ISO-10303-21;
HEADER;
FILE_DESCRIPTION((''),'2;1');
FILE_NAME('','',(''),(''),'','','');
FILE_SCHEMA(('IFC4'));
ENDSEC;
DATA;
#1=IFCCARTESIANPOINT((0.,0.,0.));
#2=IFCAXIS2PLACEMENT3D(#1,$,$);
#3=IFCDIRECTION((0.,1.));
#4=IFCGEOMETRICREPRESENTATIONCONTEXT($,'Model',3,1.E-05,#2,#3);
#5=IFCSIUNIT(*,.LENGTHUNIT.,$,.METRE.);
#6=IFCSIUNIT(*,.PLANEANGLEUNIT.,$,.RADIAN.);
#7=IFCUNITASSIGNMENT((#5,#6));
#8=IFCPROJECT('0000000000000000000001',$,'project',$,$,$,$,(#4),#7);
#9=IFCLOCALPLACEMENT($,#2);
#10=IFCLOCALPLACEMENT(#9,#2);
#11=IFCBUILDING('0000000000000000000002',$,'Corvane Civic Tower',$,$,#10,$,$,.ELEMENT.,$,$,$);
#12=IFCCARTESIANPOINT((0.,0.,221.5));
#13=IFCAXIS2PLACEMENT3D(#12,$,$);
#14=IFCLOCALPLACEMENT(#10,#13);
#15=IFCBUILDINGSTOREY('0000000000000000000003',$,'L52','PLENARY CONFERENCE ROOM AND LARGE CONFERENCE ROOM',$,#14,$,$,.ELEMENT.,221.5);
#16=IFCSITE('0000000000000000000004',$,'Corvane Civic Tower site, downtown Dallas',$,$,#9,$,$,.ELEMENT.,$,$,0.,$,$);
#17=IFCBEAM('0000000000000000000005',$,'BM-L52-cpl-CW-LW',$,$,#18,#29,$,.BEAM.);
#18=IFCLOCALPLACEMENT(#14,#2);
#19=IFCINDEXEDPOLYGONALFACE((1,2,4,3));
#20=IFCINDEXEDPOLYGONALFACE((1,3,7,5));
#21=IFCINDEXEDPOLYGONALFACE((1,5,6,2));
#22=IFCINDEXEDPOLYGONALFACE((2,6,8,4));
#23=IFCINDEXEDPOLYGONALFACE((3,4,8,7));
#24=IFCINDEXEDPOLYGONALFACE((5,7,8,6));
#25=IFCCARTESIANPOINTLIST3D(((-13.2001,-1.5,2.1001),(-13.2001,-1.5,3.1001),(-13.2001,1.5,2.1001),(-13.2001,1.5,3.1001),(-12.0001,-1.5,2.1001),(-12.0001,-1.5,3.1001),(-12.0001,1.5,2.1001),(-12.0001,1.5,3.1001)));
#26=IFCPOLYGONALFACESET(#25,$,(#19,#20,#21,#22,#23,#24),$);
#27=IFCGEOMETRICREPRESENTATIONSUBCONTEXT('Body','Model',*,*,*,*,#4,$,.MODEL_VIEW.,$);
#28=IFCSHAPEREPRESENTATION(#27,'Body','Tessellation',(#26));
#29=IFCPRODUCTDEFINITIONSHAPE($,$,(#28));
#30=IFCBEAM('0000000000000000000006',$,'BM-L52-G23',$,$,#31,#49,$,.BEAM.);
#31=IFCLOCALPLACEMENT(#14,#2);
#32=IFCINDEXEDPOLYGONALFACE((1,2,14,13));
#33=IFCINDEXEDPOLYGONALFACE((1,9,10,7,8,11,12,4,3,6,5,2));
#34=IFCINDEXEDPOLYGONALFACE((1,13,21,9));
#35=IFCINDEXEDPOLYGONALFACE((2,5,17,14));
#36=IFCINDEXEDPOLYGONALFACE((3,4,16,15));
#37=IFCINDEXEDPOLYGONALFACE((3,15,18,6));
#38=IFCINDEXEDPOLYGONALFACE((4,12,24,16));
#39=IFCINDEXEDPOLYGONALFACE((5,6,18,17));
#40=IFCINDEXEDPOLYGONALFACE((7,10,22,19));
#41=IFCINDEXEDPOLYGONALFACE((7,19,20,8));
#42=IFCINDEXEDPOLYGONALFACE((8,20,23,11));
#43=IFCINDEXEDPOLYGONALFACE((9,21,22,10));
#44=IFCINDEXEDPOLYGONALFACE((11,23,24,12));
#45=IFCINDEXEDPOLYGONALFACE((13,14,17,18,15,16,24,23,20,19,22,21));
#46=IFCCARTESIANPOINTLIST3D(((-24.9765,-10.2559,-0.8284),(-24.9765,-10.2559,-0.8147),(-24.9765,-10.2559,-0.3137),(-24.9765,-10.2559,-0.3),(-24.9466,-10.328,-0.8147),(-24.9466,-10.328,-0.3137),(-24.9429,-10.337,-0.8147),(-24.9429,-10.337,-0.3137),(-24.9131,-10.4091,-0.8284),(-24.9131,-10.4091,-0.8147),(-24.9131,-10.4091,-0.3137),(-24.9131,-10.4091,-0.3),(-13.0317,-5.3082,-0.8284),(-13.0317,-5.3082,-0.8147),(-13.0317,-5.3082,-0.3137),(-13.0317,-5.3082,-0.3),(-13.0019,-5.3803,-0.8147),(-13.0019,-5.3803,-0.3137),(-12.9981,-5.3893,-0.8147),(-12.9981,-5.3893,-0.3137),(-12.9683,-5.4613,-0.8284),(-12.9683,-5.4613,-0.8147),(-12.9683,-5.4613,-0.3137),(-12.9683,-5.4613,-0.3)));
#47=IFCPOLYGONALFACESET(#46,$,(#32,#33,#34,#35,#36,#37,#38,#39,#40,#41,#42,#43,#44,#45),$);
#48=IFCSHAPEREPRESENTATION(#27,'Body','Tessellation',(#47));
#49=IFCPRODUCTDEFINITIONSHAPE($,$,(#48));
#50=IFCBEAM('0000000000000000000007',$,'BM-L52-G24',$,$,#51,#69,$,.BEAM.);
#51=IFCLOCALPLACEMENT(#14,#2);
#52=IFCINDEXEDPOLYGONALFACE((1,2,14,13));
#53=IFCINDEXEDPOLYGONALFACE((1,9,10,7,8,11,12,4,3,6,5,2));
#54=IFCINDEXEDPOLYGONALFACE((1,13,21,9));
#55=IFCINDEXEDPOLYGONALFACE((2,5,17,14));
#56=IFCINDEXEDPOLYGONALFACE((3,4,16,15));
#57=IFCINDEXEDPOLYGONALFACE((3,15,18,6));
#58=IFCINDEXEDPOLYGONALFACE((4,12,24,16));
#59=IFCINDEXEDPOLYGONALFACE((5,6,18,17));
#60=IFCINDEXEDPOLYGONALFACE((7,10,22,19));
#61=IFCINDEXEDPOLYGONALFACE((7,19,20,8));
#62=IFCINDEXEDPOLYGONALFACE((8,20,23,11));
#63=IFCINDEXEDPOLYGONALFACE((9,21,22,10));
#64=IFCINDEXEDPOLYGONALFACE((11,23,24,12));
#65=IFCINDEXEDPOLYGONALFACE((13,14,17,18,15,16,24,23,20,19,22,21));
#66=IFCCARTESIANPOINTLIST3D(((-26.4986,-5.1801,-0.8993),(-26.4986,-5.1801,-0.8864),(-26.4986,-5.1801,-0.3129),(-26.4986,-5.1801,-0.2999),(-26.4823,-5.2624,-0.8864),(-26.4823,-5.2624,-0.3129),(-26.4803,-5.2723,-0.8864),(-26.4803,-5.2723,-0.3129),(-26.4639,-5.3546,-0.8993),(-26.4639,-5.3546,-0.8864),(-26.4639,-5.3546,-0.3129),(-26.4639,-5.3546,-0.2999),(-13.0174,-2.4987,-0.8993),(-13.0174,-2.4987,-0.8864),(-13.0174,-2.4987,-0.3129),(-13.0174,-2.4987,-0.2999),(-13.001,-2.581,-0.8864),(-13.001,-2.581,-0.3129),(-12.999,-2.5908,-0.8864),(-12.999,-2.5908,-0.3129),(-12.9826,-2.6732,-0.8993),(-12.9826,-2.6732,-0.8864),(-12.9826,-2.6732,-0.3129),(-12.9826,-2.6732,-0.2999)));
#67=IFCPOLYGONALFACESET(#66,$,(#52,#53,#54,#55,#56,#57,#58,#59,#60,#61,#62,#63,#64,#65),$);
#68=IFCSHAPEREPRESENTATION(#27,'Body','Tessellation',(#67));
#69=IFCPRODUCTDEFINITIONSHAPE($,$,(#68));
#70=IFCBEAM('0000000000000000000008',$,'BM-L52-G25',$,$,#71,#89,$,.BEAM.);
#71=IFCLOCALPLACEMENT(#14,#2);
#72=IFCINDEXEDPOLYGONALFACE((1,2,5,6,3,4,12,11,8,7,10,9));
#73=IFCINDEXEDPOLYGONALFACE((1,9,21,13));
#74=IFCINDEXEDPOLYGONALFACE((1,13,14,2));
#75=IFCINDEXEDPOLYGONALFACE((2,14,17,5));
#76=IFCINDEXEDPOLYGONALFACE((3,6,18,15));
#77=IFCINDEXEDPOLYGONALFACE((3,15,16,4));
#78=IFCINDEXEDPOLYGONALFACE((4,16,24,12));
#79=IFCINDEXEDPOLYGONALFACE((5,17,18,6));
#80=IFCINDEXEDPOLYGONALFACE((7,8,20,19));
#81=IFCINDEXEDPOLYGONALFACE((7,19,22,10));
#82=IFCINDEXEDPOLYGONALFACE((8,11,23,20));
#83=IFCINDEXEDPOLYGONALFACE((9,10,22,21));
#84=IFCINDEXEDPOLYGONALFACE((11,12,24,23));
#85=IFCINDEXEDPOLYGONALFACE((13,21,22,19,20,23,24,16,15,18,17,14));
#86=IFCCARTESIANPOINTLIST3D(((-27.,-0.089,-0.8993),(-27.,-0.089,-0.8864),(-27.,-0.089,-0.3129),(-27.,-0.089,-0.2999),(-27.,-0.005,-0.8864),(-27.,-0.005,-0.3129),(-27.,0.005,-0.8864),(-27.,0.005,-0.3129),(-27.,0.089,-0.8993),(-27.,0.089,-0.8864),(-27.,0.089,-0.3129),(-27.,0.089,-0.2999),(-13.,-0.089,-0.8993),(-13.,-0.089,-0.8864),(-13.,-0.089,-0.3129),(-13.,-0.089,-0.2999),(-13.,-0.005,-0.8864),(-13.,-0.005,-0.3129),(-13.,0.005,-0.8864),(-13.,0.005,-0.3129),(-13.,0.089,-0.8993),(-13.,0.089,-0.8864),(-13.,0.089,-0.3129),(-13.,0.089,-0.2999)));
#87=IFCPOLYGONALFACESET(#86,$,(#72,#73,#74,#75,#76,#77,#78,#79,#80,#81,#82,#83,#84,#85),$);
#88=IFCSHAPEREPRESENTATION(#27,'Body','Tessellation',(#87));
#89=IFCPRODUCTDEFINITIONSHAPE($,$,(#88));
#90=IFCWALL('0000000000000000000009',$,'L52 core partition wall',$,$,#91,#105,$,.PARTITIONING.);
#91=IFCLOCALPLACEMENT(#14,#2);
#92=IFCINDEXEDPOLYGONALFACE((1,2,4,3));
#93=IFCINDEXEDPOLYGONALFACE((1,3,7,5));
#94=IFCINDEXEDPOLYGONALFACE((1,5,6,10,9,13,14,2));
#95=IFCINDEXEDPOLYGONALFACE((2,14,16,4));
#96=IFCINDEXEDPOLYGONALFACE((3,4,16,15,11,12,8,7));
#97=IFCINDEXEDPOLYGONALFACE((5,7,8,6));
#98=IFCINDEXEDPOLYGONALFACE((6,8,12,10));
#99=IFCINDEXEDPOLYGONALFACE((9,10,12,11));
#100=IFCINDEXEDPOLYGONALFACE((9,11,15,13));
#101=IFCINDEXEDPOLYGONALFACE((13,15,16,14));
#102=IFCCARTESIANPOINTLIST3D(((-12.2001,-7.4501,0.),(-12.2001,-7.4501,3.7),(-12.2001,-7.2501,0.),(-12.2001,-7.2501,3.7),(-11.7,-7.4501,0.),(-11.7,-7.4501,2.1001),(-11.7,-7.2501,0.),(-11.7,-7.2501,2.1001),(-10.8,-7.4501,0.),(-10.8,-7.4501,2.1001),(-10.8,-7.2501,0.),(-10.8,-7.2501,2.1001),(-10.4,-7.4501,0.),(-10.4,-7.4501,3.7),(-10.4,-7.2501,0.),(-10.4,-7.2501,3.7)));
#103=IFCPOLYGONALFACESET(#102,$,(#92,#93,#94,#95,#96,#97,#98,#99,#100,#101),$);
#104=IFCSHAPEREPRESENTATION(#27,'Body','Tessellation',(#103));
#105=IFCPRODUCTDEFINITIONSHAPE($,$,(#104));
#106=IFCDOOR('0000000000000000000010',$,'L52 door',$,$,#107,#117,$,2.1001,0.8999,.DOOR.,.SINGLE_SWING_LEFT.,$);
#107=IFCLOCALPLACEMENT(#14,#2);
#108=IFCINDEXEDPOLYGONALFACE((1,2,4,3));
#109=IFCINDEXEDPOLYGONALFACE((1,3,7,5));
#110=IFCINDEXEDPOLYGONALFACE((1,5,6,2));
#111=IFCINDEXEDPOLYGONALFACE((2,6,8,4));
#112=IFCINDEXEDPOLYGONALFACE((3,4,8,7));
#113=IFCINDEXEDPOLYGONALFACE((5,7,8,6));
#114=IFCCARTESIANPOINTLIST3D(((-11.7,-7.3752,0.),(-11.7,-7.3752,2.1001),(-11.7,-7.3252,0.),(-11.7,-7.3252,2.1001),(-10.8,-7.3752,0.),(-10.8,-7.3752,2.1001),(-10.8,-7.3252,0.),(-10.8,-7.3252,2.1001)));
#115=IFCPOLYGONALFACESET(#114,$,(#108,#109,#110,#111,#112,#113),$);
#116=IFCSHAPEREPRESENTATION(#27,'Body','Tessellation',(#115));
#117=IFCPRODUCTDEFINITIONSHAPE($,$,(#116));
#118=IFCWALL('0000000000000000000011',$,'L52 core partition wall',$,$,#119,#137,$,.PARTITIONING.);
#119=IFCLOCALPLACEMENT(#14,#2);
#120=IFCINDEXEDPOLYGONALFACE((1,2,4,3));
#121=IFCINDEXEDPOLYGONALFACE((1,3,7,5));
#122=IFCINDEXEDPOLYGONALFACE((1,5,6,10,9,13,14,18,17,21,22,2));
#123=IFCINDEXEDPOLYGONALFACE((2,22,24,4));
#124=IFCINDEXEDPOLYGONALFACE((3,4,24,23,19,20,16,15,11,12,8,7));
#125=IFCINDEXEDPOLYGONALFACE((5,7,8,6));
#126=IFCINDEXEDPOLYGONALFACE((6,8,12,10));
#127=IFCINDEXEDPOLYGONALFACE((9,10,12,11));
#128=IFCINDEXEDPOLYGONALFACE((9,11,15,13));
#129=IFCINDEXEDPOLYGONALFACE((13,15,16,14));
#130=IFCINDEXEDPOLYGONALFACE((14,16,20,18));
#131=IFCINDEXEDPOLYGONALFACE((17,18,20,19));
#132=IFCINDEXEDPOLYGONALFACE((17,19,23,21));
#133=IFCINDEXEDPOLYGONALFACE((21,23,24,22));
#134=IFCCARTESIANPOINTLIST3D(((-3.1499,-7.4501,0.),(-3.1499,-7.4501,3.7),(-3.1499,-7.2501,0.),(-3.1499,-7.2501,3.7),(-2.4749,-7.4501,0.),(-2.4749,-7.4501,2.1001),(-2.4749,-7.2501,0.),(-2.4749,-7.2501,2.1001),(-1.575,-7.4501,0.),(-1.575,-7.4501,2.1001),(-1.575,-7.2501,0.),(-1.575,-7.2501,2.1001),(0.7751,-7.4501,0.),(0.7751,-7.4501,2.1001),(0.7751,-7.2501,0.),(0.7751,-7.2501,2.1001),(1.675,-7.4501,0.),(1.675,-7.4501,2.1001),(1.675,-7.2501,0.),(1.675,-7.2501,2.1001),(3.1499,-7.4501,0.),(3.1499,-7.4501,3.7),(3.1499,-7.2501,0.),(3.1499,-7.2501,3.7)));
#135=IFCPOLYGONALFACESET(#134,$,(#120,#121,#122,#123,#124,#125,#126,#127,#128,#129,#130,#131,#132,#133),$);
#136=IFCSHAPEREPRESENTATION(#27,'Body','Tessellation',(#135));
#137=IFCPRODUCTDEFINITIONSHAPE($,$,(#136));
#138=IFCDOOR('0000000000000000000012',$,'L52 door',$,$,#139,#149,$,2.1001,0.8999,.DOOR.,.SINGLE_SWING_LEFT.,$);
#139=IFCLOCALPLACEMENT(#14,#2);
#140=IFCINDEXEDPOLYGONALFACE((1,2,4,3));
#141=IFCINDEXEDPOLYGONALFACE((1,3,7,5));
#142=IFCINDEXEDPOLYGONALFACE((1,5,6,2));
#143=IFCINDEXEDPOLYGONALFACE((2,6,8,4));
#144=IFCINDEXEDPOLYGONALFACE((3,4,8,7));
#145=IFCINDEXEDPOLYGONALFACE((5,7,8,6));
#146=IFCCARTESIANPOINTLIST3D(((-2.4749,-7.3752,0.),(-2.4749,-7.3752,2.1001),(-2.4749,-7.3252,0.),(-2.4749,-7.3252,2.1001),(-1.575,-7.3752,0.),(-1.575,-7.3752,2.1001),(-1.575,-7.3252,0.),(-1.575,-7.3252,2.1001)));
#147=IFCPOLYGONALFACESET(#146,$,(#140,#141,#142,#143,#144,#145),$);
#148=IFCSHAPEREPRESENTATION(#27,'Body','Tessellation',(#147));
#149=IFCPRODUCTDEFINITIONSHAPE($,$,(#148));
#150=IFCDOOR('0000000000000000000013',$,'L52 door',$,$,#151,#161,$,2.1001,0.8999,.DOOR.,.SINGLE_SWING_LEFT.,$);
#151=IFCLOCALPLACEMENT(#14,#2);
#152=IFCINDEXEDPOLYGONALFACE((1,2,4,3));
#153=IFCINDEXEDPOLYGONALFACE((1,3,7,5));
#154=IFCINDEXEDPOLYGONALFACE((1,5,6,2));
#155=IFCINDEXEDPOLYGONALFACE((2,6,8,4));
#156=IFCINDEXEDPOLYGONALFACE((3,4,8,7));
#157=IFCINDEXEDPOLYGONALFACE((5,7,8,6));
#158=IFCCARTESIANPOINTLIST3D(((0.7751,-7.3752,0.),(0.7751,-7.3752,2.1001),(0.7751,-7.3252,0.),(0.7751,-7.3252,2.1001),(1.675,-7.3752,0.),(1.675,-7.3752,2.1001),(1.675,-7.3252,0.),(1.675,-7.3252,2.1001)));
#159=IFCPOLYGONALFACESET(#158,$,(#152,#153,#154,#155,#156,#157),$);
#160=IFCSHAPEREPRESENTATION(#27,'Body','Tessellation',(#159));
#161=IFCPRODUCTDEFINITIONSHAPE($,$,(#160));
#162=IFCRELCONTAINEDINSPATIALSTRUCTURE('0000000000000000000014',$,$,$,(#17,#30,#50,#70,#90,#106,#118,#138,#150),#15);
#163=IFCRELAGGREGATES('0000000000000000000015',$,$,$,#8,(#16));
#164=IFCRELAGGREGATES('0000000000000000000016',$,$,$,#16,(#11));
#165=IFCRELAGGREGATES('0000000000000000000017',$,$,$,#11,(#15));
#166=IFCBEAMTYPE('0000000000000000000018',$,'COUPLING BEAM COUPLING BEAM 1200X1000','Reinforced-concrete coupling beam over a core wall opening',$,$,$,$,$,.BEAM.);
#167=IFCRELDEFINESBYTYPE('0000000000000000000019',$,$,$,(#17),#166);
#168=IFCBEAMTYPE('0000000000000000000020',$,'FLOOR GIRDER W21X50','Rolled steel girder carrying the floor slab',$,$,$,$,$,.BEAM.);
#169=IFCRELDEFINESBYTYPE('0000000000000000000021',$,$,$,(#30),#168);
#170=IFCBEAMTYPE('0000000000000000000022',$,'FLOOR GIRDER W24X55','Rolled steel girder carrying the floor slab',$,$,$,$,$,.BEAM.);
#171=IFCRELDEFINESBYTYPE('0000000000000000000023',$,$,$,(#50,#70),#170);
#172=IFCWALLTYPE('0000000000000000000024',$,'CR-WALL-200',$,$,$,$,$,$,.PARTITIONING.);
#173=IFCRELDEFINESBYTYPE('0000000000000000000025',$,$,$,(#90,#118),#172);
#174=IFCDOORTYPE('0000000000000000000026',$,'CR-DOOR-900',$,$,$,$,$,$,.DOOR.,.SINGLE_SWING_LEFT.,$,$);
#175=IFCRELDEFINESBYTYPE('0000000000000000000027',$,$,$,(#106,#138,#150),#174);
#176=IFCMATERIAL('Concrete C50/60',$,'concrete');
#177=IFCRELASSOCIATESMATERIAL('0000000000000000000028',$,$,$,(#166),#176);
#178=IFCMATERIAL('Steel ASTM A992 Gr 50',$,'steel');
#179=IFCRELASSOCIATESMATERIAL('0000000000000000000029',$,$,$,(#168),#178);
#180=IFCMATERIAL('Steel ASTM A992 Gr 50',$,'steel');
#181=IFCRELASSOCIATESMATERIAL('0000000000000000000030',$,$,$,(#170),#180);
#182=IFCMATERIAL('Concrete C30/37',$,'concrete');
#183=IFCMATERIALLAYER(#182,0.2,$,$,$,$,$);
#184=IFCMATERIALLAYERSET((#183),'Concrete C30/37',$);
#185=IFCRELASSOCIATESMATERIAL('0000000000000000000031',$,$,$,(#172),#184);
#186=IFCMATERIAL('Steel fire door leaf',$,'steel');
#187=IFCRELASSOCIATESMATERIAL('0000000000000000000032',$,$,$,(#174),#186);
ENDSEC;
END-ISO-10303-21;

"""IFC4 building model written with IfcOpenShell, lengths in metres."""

from ifc_helpers import new_model, si_unit, direction, frame, frame_2d, origin, origin_2d, place, context, subcontext, project, spatial, rectangle, i_section, extrude, material, layer, layer_set, material_profile, profile_set, type_object, element, fill, save


model = new_model("IFC4")

# Units and contexts
model_context = context("Model", 3, precision=1e-05, world=origin(), true_north=direction((0.0, 1.0)))
body_context = subcontext(model_context, "Body", "Model", "MODEL_VIEW")
ifc_project = project(units=[si_unit("LENGTHUNIT", "METRE"), si_unit("PLANEANGLEUNIT", "RADIAN")], contexts=[model_context])

# Site, building, storey
site_placement = place(None, origin())
site = spatial("IfcSite", under=ifc_project, at=site_placement, Name="Corvane Civic Tower site, downtown Dallas", CompositionType="ELEMENT", RefElevation=0.0)
building_placement = place(site_placement, origin())
building = spatial("IfcBuilding", under=site, at=building_placement, Name="Corvane Civic Tower", CompositionType="ELEMENT")
storey_placement = place(building_placement, frame((0.0, 0.0, 221.5)))
storey = spatial("IfcBuildingStorey", under=building, at=storey_placement, Name="L52", Description="PLENARY CONFERENCE ROOM AND LARGE CONFERENCE ROOM", CompositionType="ELEMENT", Elevation=221.5)

# Beams
ifc_material_1 = material(Name="Concrete C50/60", Category="concrete")
ifc_material_profile_1 = material_profile(ifc_material_1, rectangle(XDim=1.2, YDim=1.0, at=origin_2d()), Name="COUPLING BEAM 1200X1000")
ifc_profile_set_1 = profile_set([ifc_material_profile_1], Name="Concrete C50/60")
beam_type_1 = type_object("IfcBeamType", Name="COUPLING BEAM COUPLING BEAM 1200X1000", Description="Reinforced-concrete coupling beam over a core wall opening", PredefinedType="BEAM", material=ifc_profile_set_1)
beam_1_placement = place(storey_placement, frame((-12.6001, -1.5, 2.6001), z_axis=(0.0, 1.0, 0.0), x_axis=(-1.0, 0.0, 0.0)))
element("IfcBeam", 1, at=beam_1_placement, inside=storey, type_object=beam_type_1, Name="BM-L52-cpl-CW-LW", PredefinedType="BEAM", context=body_context, shape_type="SweptSolid", body=[
    extrude(rectangle(XDim=1.2, YDim=1.0, at=origin_2d()), origin(), (0.0, 0.0, 1.0), 3.0),
])
ifc_material_2 = material(Name="Steel ASTM A992 Gr 50", Category="steel")
ifc_material_profile_2 = material_profile(ifc_material_2, i_section(OverallWidth=0.1658, OverallDepth=0.5283, WebThickness=0.0098, FlangeThickness=0.0137, at=origin_2d()), Name="W21X50")
ifc_profile_set_2 = profile_set([ifc_material_profile_2], Name="Steel ASTM A992 Gr 50")
beam_type_2 = type_object("IfcBeamType", Name="FLOOR GIRDER W21X50", Description="Rolled steel girder carrying the floor slab", PredefinedType="BEAM", material=ifc_profile_set_2)
beam_2_placement = place(storey_placement, frame((-13.0, -5.3848, -0.5642), z_axis=(-0.923878, -0.382686, 0.0), x_axis=(0.382686, -0.923878, 0.0)))
element("IfcBeam", 2, at=beam_2_placement, inside=storey, type_object=beam_type_2, Name="BM-L52-G23", PredefinedType="BEAM", context=body_context, shape_type="SweptSolid", body=[
    extrude(i_section(OverallWidth=0.1658, OverallDepth=0.5283, WebThickness=0.0098, FlangeThickness=0.0137, at=origin_2d()), origin(), (0.0, 0.0, 1.0), 12.929),
])
ifc_material_3 = material(Name="Steel ASTM A992 Gr 50", Category="steel")
ifc_material_profile_3 = material_profile(ifc_material_3, i_section(OverallWidth=0.178, OverallDepth=0.5994, WebThickness=0.01, FlangeThickness=0.0129, at=origin_2d()), Name="W24X55")
ifc_profile_set_3 = profile_set([ifc_material_profile_3], Name="Steel ASTM A992 Gr 50")
beam_type_3 = type_object("IfcBeamType", Name="FLOOR GIRDER W24X55", Description="Rolled steel girder carrying the floor slab", PredefinedType="BEAM", material=ifc_profile_set_3)
beam_3_placement = place(storey_placement, frame((-13.0, -2.5859, -0.5996), z_axis=(-0.980788, -0.195078, 0.0), x_axis=(0.195078, -0.980788, 0.0)))
element("IfcBeam", 3, at=beam_3_placement, inside=storey, type_object=beam_type_3, Name="BM-L52-G24", PredefinedType="BEAM", context=body_context, shape_type="SweptSolid", body=[
    extrude(i_section(OverallWidth=0.178, OverallDepth=0.5994, WebThickness=0.01, FlangeThickness=0.0129, at=origin_2d()), origin(), (0.0, 0.0, 1.0), 13.7454),
])
beam_4_placement = place(storey_placement, frame((-13.0, 0.0, -0.5996), z_axis=(-1.0, 0.0, 0.0), x_axis=(0.0, -1.0, 0.0)))
element("IfcBeam", 4, at=beam_4_placement, inside=storey, type_object=beam_type_3, Name="BM-L52-G25", PredefinedType="BEAM", context=body_context, shape_type="SweptSolid", body=[
    extrude(i_section(OverallWidth=0.178, OverallDepth=0.5994, WebThickness=0.01, FlangeThickness=0.0129, at=origin_2d()), origin(), (0.0, 0.0, 1.0), 14.0),
])

# Wall, opening, door
ifc_material_4 = material(Name="Concrete C30/37", Category="concrete")
ifc_layer_1 = layer(ifc_material_4, 0.2)
ifc_layer_set_1 = layer_set([ifc_layer_1], Name="Concrete C30/37")
wall_type_1 = type_object("IfcWallType", Name="CR-WALL-200", PredefinedType="PARTITIONING", material=ifc_layer_set_1)
wall_1_placement = place(storey_placement, frame((-12.2, -7.3501, 0.0), z_axis=(0.0, 0.0, 1.0), x_axis=(1.0, 0.0, 0.0)))
wall_1 = element("IfcWall", 5, at=wall_1_placement, inside=storey, type_object=wall_type_1, Name="L52 core partition wall", PredefinedType="PARTITIONING", context=body_context, shape_type="SweptSolid", body=[
    extrude(rectangle(XDim=1.8, YDim=0.2, at=frame_2d((0.8999, 0.0))), origin(), (0.0, 0.0, 1.0), 3.7),
])
opening_1_placement = place(wall_1_placement, frame((0.5, 0.0, 0.0)))
opening_1 = element("IfcOpeningElement", 6, at=opening_1_placement, cuts=wall_1, PredefinedType="OPENING", context=body_context, shape_type="SweptSolid", body=[
    extrude(rectangle(XDim=0.8999, YDim=2.1001, at=frame_2d((0.45, 1.05))), frame((0.0, 0.1099, 0.0), z_axis=(0.0, -1.0, 0.0), x_axis=(1.0, 0.0, 0.0)), (0.0, 0.0, 1.0), 0.22),
])
ifc_material_5 = material(Name="Steel fire door leaf", Category="steel")
door_type_1 = type_object("IfcDoorType", Name="CR-DOOR-900", OperationType="SINGLE_SWING_LEFT", PredefinedType="DOOR", material=ifc_material_5)
door_1_placement = place(opening_1_placement, origin())
door_1 = element("IfcDoor", 7, at=door_1_placement, inside=storey, type_object=door_type_1, Name="L52 door", OperationType="SINGLE_SWING_LEFT", OverallHeight=2.1001, OverallWidth=0.8999, PredefinedType="DOOR", context=body_context, shape_type="SweptSolid", body=[
    extrude(rectangle(XDim=0.8999, YDim=2.1001, at=frame_2d((0.45, 1.05))), frame((0.0, 0.0249, 0.0), z_axis=(0.0, -1.0, 0.0), x_axis=(1.0, 0.0, 0.0)), (0.0, 0.0, 1.0), 0.05),
])
fill(opening_1, door_1)

# Wall, openings, doors
wall_2_placement = place(storey_placement, frame((-3.1499, -7.3501, 0.0), z_axis=(0.0, 0.0, 1.0), x_axis=(1.0, 0.0, 0.0)))
wall_2 = element("IfcWall", 8, at=wall_2_placement, inside=storey, type_object=wall_type_1, Name="L52 core partition wall", PredefinedType="PARTITIONING", context=body_context, shape_type="SweptSolid", body=[
    extrude(rectangle(XDim=6.2998, YDim=0.2, at=frame_2d((3.1499, 0.0))), origin(), (0.0, 0.0, 1.0), 3.7),
])
opening_2_placement = place(wall_2_placement, frame((0.675, 0.0, 0.0)))
opening_2 = element("IfcOpeningElement", 9, at=opening_2_placement, cuts=wall_2, PredefinedType="OPENING", context=body_context, shape_type="SweptSolid", body=[
    extrude(rectangle(XDim=0.8999, YDim=2.1001, at=frame_2d((0.45, 1.05))), frame((0.0, 0.1099, 0.0), z_axis=(0.0, -1.0, 0.0), x_axis=(1.0, 0.0, 0.0)), (0.0, 0.0, 1.0), 0.22),
])
opening_3_placement = place(wall_2_placement, frame((3.925, 0.0, 0.0)))
opening_3 = element("IfcOpeningElement", 10, at=opening_3_placement, cuts=wall_2, PredefinedType="OPENING", context=body_context, shape_type="SweptSolid", body=[
    extrude(rectangle(XDim=0.8999, YDim=2.1001, at=frame_2d((0.45, 1.05))), frame((0.0, 0.1099, 0.0), z_axis=(0.0, -1.0, 0.0), x_axis=(1.0, 0.0, 0.0)), (0.0, 0.0, 1.0), 0.22),
])
door_2_placement = place(opening_2_placement, origin())
door_2 = element("IfcDoor", 11, at=door_2_placement, inside=storey, type_object=door_type_1, Name="L52 door", OperationType="SINGLE_SWING_LEFT", OverallHeight=2.1001, OverallWidth=0.8999, PredefinedType="DOOR", context=body_context, shape_type="SweptSolid", body=[
    extrude(rectangle(XDim=0.8999, YDim=2.1001, at=frame_2d((0.45, 1.05))), frame((0.0, 0.0249, 0.0), z_axis=(0.0, -1.0, 0.0), x_axis=(1.0, 0.0, 0.0)), (0.0, 0.0, 1.0), 0.05),
])
fill(opening_2, door_2)
door_3_placement = place(opening_3_placement, origin())
door_3 = element("IfcDoor", 12, at=door_3_placement, inside=storey, type_object=door_type_1, Name="L52 door", OperationType="SINGLE_SWING_LEFT", OverallHeight=2.1001, OverallWidth=0.8999, PredefinedType="DOOR", context=body_context, shape_type="SweptSolid", body=[
    extrude(rectangle(XDim=0.8999, YDim=2.1001, at=frame_2d((0.45, 1.05))), frame((0.0, 0.0249, 0.0), z_axis=(0.0, -1.0, 0.0), x_axis=(1.0, 0.0, 0.0)), (0.0, 0.0, 1.0), 0.05),
])
fill(opening_3, door_3)

save(model, "model.ifc")
